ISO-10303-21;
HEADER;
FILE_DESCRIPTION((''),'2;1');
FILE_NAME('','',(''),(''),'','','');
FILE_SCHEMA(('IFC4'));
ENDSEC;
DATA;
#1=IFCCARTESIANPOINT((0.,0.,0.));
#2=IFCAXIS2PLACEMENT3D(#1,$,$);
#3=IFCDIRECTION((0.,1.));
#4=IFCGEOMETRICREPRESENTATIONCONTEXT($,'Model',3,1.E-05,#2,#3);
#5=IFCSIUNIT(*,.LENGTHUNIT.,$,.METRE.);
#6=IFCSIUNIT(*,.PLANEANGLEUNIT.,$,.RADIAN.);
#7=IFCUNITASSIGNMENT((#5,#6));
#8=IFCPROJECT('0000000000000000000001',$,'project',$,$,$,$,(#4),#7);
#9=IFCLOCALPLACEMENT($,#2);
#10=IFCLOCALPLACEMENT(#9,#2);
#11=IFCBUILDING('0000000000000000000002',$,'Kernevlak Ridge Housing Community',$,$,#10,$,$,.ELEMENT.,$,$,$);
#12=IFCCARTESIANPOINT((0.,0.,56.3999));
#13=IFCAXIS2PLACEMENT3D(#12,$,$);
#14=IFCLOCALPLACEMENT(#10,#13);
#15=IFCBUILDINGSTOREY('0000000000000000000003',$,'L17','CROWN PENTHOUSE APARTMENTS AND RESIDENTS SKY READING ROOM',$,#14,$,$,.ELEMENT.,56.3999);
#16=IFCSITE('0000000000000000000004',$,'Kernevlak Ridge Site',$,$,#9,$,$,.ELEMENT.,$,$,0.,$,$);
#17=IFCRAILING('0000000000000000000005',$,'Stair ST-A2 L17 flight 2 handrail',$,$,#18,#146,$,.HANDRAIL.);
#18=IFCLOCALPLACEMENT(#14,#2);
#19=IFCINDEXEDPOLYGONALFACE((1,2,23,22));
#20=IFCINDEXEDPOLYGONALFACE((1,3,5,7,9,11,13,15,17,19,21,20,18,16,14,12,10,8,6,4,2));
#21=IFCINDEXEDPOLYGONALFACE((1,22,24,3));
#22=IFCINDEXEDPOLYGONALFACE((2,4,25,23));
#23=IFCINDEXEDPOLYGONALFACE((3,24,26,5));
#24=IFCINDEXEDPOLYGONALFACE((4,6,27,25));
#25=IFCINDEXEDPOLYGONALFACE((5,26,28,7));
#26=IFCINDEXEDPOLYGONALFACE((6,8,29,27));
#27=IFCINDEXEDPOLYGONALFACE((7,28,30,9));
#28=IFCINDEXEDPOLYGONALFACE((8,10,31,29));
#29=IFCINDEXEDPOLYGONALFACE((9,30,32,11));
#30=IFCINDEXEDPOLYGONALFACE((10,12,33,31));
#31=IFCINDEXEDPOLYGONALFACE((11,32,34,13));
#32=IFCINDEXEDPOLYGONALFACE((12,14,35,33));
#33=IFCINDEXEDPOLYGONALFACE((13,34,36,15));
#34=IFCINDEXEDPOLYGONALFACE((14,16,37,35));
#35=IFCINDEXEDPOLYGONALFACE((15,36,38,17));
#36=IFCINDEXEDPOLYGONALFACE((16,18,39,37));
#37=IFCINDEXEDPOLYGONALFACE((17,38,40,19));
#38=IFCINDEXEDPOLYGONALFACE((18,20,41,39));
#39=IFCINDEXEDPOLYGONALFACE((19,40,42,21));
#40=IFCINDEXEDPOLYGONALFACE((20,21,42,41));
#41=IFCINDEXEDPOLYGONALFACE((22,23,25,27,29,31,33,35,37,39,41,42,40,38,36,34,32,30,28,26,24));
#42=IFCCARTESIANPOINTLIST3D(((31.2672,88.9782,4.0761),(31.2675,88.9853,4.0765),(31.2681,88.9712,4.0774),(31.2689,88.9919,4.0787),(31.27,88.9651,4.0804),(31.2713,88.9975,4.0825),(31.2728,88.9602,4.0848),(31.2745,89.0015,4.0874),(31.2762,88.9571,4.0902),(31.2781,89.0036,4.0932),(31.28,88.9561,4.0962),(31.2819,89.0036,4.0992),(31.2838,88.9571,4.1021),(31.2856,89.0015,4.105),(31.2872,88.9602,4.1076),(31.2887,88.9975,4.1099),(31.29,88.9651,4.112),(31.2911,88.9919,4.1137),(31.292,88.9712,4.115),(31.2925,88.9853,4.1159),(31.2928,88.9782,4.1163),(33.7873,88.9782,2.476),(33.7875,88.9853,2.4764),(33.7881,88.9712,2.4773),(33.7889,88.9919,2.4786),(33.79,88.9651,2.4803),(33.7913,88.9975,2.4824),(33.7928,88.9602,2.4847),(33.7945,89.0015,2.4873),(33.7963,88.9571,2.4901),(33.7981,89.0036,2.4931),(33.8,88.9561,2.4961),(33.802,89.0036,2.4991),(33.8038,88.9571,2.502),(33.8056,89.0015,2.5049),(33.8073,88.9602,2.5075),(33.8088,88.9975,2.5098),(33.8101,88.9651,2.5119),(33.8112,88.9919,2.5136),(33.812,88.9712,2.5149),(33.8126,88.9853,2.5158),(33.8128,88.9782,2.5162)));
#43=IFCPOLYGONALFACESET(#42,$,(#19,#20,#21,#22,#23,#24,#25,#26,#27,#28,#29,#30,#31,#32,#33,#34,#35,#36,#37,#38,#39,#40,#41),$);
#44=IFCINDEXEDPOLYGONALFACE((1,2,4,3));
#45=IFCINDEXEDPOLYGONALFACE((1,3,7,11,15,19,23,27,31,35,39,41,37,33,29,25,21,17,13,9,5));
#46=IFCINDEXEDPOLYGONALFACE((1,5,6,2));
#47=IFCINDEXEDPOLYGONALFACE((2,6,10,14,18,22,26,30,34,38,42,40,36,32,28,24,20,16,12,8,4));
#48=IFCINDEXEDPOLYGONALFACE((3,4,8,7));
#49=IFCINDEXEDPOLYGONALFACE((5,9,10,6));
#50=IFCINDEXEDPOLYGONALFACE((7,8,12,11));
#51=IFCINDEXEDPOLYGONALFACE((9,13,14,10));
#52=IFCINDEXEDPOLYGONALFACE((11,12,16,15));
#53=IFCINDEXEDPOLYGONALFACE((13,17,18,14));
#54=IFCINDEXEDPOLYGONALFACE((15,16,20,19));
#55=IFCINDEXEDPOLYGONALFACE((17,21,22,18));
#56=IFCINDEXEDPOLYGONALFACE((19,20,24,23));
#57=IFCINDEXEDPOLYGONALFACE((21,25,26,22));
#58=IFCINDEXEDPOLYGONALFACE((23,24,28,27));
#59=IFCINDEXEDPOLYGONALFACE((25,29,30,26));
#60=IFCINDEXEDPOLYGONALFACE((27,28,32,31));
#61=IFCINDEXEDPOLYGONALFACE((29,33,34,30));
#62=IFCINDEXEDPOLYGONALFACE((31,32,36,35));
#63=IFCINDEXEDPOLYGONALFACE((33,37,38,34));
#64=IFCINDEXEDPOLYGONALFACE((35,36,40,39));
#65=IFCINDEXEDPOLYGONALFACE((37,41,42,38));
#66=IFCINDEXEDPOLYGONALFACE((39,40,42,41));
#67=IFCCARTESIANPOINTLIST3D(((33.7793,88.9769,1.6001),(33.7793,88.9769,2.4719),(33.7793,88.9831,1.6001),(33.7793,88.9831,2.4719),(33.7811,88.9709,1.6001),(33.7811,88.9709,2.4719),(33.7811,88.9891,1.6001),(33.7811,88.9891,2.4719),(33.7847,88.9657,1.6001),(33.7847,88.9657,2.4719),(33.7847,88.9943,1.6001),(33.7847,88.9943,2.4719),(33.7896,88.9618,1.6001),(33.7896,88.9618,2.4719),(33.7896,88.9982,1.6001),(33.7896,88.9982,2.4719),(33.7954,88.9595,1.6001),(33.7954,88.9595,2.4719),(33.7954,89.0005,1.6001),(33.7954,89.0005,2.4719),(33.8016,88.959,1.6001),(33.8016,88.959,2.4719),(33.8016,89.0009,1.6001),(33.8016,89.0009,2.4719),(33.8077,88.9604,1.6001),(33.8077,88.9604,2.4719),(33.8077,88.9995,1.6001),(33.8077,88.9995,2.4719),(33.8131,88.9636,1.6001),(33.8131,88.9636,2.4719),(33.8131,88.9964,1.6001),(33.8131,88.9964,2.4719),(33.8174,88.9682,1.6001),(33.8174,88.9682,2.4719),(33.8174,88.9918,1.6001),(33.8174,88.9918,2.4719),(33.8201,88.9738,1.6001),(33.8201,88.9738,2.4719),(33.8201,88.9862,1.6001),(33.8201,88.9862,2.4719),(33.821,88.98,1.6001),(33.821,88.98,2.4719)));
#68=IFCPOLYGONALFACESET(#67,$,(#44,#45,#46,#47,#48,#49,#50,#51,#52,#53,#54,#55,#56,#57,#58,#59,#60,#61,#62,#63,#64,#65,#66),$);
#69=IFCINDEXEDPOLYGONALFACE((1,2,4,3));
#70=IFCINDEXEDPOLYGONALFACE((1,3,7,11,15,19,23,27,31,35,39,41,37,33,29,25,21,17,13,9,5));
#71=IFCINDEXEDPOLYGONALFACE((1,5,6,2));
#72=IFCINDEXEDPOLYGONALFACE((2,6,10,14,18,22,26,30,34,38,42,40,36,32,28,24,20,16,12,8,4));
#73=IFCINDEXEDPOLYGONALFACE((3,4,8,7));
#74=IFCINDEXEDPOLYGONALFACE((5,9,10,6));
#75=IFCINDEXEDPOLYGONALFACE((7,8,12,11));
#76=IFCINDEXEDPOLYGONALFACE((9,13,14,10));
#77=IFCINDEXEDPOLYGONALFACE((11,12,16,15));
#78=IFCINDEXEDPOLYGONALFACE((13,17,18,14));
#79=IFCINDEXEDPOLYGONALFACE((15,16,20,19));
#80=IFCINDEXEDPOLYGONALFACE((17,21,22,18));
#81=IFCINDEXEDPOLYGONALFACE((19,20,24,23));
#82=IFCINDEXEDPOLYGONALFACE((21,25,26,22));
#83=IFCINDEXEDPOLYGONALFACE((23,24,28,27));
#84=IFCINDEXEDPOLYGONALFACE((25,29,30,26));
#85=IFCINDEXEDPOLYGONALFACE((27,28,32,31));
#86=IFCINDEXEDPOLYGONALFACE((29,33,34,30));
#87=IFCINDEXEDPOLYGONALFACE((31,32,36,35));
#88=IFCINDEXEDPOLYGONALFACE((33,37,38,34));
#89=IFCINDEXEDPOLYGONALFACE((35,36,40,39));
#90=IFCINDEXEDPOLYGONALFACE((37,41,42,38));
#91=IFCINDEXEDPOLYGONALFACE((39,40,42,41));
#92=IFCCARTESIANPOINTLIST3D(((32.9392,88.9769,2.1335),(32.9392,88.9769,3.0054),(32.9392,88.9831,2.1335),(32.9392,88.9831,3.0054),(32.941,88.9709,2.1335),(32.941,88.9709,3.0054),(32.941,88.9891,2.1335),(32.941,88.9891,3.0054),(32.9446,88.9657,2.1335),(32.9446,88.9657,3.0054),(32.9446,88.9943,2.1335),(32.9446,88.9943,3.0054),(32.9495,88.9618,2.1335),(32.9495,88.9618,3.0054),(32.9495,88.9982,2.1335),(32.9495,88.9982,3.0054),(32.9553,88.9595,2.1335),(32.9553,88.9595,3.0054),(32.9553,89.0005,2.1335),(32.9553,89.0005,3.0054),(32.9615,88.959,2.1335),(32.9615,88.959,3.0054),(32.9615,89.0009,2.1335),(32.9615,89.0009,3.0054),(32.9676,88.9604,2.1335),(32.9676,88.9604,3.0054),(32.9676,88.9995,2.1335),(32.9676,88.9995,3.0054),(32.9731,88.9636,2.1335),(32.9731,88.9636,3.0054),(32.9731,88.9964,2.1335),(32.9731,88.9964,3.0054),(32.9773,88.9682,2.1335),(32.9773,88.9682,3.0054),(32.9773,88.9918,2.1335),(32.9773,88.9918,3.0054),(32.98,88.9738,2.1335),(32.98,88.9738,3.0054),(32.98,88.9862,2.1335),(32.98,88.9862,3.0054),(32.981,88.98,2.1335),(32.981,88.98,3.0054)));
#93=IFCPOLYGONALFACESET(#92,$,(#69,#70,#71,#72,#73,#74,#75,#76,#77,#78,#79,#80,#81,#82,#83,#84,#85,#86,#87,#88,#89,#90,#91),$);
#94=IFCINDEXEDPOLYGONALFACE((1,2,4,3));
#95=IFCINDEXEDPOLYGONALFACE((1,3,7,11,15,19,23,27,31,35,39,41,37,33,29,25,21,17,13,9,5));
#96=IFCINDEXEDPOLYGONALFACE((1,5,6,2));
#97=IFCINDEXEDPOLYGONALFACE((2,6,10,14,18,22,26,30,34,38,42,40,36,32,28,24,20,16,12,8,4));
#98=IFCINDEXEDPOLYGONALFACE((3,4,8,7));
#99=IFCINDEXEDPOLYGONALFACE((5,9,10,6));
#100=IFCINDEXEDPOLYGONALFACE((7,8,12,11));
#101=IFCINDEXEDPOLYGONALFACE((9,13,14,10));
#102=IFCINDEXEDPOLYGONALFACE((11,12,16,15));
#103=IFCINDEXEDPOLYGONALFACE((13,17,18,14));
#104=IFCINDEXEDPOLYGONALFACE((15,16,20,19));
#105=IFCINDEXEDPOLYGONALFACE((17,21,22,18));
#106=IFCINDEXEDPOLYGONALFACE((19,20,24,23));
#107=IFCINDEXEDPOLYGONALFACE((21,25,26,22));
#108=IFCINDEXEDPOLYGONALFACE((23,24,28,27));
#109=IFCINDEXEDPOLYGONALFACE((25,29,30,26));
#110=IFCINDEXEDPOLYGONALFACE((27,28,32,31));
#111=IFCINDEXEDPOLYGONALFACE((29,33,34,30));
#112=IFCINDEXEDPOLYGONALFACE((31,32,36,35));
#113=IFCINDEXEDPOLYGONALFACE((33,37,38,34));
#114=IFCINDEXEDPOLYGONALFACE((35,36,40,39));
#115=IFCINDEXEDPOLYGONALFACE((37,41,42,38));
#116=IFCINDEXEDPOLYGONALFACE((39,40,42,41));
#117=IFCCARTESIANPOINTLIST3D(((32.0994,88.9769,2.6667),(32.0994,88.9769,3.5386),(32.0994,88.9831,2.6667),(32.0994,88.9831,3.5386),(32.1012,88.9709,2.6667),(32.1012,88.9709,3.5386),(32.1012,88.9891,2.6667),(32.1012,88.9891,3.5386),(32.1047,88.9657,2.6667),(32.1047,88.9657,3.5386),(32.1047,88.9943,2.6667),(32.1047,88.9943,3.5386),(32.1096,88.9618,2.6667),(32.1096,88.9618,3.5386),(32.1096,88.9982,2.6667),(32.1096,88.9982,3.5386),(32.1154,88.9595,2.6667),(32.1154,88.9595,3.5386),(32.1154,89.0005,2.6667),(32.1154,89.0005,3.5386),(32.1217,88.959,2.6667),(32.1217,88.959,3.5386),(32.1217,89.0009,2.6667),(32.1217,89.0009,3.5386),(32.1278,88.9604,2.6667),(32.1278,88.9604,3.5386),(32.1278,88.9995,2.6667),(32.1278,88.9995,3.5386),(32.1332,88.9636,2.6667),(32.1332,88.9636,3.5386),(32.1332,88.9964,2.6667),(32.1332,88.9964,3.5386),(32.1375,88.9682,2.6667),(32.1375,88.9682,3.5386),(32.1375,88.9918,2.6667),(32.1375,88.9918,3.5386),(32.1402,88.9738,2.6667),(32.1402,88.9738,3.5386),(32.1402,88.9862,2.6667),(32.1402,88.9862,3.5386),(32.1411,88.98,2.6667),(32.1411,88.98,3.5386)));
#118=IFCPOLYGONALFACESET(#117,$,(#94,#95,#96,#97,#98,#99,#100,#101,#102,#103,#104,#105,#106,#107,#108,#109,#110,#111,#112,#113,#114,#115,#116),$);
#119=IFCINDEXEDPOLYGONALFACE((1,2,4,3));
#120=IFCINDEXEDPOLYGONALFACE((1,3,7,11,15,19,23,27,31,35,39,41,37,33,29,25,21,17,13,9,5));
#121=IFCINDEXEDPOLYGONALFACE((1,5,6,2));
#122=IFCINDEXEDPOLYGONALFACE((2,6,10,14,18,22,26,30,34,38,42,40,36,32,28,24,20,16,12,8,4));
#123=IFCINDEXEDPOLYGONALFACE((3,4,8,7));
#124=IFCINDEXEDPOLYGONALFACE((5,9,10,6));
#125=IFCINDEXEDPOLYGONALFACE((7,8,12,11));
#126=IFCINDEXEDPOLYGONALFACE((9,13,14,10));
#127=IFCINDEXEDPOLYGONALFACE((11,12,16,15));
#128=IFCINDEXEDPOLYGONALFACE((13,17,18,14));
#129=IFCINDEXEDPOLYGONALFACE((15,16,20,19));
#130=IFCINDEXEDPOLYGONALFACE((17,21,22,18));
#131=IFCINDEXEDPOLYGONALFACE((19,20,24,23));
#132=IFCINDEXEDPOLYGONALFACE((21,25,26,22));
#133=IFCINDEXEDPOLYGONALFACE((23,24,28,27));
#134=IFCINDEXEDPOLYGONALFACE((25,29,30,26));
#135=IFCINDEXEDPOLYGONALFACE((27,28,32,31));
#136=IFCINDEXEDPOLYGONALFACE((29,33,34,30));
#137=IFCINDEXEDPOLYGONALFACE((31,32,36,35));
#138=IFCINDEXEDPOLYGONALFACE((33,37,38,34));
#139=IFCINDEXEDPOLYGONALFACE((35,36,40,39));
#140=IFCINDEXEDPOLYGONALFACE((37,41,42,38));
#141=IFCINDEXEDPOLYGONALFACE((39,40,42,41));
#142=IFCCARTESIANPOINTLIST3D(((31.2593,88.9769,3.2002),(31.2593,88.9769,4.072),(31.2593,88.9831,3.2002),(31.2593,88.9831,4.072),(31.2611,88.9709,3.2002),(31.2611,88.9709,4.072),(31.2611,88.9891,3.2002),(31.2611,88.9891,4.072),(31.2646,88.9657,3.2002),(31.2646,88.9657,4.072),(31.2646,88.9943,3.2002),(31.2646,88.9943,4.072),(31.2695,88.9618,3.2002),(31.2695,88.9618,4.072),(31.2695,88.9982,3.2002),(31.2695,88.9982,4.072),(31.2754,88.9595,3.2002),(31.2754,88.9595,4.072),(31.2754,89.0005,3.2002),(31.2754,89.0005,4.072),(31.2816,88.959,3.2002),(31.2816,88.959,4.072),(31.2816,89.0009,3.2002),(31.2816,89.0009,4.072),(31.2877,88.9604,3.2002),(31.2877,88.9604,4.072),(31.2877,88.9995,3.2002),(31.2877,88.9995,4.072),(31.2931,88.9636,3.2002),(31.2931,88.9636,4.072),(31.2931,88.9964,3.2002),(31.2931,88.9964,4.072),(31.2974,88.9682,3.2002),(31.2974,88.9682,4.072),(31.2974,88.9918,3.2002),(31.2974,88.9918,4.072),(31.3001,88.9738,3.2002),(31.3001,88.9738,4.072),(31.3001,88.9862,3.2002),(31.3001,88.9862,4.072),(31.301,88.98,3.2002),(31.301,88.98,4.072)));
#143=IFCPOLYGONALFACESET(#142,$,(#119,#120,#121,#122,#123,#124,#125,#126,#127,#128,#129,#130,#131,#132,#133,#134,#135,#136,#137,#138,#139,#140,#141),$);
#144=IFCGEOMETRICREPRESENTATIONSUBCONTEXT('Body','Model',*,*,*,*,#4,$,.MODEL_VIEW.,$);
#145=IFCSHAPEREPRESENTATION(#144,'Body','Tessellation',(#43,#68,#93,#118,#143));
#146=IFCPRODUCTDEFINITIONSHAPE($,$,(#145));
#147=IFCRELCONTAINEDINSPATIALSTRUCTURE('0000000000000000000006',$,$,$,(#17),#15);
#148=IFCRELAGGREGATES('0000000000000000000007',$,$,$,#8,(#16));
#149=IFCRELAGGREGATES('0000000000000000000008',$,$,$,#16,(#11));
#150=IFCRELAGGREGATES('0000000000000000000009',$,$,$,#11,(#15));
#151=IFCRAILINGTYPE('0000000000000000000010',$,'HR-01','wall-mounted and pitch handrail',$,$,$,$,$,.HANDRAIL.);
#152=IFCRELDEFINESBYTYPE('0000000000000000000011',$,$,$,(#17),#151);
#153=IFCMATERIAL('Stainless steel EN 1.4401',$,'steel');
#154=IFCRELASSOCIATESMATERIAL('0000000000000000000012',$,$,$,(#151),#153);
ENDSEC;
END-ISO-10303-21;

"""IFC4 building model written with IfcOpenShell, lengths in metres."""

from ifc_helpers import new_model, si_unit, direction, frame, origin, origin_2d, place, context, subcontext, project, spatial, circle, extrude, material, type_object, element, save


model = new_model("IFC4")

# Units and contexts
model_context = context("Model", 3, precision=1e-05, world=origin(), true_north=direction((0.0, 1.0)))
body_context = subcontext(model_context, "Body", "Model", "MODEL_VIEW")
ifc_project = project(units=[si_unit("LENGTHUNIT", "METRE"), si_unit("PLANEANGLEUNIT", "RADIAN")], contexts=[model_context])

# Site, building, storey
site_placement = place(None, origin())
site = spatial("IfcSite", under=ifc_project, at=site_placement, Name="Kernevlak Ridge Site", CompositionType="ELEMENT", RefElevation=0.0)
building_placement = place(site_placement, origin())
building = spatial("IfcBuilding", under=site, at=building_placement, Name="Kernevlak Ridge Housing Community", CompositionType="ELEMENT")
storey_placement = place(building_placement, frame((0.0, 0.0, 56.3999)))
storey = spatial("IfcBuildingStorey", under=building, at=storey_placement, Name="L17", Description="CROWN PENTHOUSE APARTMENTS AND RESIDENTS SKY READING ROOM", CompositionType="ELEMENT", Elevation=56.3999)

# Railing
ifc_material_1 = material(Name="Stainless steel EN 1.4401", Category="steel")
railing_type_1 = type_object("IfcRailingType", Name="HR-01", Description="wall-mounted and pitch handrail", PredefinedType="HANDRAIL", material=ifc_material_1)
railing_1_placement = place(storey_placement, frame((33.8, 88.98, 1.6001)))
element("IfcRailing", 1, at=railing_1_placement, inside=storey, type_object=railing_type_1, Name="Stair ST-A2 L17 flight 2 handrail", PredefinedType="HANDRAIL", context=body_context, shape_type="SweptSolid", body=[
    extrude(circle(Radius=0.0239, at=origin_2d()), frame((0.0, 0.0, 0.896), z_axis=(-0.8442, 0.0, 0.536028), x_axis=(0.0, -1.0, 0.0)), (0.0, 0.0, 1.0), 2.9851),
    extrude(circle(Radius=0.021, at=origin_2d()), origin(), (0.0, 0.0, 1.0), 0.8718),
    extrude(circle(Radius=0.021, at=origin_2d()), frame((-0.8401, 0.0, 0.5334)), (0.0, 0.0, 1.0), 0.8718),
    extrude(circle(Radius=0.021, at=origin_2d()), frame((-1.6799, 0.0, 1.0667)), (0.0, 0.0, 1.0), 0.8718),
    extrude(circle(Radius=0.021, at=origin_2d()), frame((-2.52, 0.0, 1.6001)), (0.0, 0.0, 1.0), 0.8718),
])

save(model, "model.ifc")
